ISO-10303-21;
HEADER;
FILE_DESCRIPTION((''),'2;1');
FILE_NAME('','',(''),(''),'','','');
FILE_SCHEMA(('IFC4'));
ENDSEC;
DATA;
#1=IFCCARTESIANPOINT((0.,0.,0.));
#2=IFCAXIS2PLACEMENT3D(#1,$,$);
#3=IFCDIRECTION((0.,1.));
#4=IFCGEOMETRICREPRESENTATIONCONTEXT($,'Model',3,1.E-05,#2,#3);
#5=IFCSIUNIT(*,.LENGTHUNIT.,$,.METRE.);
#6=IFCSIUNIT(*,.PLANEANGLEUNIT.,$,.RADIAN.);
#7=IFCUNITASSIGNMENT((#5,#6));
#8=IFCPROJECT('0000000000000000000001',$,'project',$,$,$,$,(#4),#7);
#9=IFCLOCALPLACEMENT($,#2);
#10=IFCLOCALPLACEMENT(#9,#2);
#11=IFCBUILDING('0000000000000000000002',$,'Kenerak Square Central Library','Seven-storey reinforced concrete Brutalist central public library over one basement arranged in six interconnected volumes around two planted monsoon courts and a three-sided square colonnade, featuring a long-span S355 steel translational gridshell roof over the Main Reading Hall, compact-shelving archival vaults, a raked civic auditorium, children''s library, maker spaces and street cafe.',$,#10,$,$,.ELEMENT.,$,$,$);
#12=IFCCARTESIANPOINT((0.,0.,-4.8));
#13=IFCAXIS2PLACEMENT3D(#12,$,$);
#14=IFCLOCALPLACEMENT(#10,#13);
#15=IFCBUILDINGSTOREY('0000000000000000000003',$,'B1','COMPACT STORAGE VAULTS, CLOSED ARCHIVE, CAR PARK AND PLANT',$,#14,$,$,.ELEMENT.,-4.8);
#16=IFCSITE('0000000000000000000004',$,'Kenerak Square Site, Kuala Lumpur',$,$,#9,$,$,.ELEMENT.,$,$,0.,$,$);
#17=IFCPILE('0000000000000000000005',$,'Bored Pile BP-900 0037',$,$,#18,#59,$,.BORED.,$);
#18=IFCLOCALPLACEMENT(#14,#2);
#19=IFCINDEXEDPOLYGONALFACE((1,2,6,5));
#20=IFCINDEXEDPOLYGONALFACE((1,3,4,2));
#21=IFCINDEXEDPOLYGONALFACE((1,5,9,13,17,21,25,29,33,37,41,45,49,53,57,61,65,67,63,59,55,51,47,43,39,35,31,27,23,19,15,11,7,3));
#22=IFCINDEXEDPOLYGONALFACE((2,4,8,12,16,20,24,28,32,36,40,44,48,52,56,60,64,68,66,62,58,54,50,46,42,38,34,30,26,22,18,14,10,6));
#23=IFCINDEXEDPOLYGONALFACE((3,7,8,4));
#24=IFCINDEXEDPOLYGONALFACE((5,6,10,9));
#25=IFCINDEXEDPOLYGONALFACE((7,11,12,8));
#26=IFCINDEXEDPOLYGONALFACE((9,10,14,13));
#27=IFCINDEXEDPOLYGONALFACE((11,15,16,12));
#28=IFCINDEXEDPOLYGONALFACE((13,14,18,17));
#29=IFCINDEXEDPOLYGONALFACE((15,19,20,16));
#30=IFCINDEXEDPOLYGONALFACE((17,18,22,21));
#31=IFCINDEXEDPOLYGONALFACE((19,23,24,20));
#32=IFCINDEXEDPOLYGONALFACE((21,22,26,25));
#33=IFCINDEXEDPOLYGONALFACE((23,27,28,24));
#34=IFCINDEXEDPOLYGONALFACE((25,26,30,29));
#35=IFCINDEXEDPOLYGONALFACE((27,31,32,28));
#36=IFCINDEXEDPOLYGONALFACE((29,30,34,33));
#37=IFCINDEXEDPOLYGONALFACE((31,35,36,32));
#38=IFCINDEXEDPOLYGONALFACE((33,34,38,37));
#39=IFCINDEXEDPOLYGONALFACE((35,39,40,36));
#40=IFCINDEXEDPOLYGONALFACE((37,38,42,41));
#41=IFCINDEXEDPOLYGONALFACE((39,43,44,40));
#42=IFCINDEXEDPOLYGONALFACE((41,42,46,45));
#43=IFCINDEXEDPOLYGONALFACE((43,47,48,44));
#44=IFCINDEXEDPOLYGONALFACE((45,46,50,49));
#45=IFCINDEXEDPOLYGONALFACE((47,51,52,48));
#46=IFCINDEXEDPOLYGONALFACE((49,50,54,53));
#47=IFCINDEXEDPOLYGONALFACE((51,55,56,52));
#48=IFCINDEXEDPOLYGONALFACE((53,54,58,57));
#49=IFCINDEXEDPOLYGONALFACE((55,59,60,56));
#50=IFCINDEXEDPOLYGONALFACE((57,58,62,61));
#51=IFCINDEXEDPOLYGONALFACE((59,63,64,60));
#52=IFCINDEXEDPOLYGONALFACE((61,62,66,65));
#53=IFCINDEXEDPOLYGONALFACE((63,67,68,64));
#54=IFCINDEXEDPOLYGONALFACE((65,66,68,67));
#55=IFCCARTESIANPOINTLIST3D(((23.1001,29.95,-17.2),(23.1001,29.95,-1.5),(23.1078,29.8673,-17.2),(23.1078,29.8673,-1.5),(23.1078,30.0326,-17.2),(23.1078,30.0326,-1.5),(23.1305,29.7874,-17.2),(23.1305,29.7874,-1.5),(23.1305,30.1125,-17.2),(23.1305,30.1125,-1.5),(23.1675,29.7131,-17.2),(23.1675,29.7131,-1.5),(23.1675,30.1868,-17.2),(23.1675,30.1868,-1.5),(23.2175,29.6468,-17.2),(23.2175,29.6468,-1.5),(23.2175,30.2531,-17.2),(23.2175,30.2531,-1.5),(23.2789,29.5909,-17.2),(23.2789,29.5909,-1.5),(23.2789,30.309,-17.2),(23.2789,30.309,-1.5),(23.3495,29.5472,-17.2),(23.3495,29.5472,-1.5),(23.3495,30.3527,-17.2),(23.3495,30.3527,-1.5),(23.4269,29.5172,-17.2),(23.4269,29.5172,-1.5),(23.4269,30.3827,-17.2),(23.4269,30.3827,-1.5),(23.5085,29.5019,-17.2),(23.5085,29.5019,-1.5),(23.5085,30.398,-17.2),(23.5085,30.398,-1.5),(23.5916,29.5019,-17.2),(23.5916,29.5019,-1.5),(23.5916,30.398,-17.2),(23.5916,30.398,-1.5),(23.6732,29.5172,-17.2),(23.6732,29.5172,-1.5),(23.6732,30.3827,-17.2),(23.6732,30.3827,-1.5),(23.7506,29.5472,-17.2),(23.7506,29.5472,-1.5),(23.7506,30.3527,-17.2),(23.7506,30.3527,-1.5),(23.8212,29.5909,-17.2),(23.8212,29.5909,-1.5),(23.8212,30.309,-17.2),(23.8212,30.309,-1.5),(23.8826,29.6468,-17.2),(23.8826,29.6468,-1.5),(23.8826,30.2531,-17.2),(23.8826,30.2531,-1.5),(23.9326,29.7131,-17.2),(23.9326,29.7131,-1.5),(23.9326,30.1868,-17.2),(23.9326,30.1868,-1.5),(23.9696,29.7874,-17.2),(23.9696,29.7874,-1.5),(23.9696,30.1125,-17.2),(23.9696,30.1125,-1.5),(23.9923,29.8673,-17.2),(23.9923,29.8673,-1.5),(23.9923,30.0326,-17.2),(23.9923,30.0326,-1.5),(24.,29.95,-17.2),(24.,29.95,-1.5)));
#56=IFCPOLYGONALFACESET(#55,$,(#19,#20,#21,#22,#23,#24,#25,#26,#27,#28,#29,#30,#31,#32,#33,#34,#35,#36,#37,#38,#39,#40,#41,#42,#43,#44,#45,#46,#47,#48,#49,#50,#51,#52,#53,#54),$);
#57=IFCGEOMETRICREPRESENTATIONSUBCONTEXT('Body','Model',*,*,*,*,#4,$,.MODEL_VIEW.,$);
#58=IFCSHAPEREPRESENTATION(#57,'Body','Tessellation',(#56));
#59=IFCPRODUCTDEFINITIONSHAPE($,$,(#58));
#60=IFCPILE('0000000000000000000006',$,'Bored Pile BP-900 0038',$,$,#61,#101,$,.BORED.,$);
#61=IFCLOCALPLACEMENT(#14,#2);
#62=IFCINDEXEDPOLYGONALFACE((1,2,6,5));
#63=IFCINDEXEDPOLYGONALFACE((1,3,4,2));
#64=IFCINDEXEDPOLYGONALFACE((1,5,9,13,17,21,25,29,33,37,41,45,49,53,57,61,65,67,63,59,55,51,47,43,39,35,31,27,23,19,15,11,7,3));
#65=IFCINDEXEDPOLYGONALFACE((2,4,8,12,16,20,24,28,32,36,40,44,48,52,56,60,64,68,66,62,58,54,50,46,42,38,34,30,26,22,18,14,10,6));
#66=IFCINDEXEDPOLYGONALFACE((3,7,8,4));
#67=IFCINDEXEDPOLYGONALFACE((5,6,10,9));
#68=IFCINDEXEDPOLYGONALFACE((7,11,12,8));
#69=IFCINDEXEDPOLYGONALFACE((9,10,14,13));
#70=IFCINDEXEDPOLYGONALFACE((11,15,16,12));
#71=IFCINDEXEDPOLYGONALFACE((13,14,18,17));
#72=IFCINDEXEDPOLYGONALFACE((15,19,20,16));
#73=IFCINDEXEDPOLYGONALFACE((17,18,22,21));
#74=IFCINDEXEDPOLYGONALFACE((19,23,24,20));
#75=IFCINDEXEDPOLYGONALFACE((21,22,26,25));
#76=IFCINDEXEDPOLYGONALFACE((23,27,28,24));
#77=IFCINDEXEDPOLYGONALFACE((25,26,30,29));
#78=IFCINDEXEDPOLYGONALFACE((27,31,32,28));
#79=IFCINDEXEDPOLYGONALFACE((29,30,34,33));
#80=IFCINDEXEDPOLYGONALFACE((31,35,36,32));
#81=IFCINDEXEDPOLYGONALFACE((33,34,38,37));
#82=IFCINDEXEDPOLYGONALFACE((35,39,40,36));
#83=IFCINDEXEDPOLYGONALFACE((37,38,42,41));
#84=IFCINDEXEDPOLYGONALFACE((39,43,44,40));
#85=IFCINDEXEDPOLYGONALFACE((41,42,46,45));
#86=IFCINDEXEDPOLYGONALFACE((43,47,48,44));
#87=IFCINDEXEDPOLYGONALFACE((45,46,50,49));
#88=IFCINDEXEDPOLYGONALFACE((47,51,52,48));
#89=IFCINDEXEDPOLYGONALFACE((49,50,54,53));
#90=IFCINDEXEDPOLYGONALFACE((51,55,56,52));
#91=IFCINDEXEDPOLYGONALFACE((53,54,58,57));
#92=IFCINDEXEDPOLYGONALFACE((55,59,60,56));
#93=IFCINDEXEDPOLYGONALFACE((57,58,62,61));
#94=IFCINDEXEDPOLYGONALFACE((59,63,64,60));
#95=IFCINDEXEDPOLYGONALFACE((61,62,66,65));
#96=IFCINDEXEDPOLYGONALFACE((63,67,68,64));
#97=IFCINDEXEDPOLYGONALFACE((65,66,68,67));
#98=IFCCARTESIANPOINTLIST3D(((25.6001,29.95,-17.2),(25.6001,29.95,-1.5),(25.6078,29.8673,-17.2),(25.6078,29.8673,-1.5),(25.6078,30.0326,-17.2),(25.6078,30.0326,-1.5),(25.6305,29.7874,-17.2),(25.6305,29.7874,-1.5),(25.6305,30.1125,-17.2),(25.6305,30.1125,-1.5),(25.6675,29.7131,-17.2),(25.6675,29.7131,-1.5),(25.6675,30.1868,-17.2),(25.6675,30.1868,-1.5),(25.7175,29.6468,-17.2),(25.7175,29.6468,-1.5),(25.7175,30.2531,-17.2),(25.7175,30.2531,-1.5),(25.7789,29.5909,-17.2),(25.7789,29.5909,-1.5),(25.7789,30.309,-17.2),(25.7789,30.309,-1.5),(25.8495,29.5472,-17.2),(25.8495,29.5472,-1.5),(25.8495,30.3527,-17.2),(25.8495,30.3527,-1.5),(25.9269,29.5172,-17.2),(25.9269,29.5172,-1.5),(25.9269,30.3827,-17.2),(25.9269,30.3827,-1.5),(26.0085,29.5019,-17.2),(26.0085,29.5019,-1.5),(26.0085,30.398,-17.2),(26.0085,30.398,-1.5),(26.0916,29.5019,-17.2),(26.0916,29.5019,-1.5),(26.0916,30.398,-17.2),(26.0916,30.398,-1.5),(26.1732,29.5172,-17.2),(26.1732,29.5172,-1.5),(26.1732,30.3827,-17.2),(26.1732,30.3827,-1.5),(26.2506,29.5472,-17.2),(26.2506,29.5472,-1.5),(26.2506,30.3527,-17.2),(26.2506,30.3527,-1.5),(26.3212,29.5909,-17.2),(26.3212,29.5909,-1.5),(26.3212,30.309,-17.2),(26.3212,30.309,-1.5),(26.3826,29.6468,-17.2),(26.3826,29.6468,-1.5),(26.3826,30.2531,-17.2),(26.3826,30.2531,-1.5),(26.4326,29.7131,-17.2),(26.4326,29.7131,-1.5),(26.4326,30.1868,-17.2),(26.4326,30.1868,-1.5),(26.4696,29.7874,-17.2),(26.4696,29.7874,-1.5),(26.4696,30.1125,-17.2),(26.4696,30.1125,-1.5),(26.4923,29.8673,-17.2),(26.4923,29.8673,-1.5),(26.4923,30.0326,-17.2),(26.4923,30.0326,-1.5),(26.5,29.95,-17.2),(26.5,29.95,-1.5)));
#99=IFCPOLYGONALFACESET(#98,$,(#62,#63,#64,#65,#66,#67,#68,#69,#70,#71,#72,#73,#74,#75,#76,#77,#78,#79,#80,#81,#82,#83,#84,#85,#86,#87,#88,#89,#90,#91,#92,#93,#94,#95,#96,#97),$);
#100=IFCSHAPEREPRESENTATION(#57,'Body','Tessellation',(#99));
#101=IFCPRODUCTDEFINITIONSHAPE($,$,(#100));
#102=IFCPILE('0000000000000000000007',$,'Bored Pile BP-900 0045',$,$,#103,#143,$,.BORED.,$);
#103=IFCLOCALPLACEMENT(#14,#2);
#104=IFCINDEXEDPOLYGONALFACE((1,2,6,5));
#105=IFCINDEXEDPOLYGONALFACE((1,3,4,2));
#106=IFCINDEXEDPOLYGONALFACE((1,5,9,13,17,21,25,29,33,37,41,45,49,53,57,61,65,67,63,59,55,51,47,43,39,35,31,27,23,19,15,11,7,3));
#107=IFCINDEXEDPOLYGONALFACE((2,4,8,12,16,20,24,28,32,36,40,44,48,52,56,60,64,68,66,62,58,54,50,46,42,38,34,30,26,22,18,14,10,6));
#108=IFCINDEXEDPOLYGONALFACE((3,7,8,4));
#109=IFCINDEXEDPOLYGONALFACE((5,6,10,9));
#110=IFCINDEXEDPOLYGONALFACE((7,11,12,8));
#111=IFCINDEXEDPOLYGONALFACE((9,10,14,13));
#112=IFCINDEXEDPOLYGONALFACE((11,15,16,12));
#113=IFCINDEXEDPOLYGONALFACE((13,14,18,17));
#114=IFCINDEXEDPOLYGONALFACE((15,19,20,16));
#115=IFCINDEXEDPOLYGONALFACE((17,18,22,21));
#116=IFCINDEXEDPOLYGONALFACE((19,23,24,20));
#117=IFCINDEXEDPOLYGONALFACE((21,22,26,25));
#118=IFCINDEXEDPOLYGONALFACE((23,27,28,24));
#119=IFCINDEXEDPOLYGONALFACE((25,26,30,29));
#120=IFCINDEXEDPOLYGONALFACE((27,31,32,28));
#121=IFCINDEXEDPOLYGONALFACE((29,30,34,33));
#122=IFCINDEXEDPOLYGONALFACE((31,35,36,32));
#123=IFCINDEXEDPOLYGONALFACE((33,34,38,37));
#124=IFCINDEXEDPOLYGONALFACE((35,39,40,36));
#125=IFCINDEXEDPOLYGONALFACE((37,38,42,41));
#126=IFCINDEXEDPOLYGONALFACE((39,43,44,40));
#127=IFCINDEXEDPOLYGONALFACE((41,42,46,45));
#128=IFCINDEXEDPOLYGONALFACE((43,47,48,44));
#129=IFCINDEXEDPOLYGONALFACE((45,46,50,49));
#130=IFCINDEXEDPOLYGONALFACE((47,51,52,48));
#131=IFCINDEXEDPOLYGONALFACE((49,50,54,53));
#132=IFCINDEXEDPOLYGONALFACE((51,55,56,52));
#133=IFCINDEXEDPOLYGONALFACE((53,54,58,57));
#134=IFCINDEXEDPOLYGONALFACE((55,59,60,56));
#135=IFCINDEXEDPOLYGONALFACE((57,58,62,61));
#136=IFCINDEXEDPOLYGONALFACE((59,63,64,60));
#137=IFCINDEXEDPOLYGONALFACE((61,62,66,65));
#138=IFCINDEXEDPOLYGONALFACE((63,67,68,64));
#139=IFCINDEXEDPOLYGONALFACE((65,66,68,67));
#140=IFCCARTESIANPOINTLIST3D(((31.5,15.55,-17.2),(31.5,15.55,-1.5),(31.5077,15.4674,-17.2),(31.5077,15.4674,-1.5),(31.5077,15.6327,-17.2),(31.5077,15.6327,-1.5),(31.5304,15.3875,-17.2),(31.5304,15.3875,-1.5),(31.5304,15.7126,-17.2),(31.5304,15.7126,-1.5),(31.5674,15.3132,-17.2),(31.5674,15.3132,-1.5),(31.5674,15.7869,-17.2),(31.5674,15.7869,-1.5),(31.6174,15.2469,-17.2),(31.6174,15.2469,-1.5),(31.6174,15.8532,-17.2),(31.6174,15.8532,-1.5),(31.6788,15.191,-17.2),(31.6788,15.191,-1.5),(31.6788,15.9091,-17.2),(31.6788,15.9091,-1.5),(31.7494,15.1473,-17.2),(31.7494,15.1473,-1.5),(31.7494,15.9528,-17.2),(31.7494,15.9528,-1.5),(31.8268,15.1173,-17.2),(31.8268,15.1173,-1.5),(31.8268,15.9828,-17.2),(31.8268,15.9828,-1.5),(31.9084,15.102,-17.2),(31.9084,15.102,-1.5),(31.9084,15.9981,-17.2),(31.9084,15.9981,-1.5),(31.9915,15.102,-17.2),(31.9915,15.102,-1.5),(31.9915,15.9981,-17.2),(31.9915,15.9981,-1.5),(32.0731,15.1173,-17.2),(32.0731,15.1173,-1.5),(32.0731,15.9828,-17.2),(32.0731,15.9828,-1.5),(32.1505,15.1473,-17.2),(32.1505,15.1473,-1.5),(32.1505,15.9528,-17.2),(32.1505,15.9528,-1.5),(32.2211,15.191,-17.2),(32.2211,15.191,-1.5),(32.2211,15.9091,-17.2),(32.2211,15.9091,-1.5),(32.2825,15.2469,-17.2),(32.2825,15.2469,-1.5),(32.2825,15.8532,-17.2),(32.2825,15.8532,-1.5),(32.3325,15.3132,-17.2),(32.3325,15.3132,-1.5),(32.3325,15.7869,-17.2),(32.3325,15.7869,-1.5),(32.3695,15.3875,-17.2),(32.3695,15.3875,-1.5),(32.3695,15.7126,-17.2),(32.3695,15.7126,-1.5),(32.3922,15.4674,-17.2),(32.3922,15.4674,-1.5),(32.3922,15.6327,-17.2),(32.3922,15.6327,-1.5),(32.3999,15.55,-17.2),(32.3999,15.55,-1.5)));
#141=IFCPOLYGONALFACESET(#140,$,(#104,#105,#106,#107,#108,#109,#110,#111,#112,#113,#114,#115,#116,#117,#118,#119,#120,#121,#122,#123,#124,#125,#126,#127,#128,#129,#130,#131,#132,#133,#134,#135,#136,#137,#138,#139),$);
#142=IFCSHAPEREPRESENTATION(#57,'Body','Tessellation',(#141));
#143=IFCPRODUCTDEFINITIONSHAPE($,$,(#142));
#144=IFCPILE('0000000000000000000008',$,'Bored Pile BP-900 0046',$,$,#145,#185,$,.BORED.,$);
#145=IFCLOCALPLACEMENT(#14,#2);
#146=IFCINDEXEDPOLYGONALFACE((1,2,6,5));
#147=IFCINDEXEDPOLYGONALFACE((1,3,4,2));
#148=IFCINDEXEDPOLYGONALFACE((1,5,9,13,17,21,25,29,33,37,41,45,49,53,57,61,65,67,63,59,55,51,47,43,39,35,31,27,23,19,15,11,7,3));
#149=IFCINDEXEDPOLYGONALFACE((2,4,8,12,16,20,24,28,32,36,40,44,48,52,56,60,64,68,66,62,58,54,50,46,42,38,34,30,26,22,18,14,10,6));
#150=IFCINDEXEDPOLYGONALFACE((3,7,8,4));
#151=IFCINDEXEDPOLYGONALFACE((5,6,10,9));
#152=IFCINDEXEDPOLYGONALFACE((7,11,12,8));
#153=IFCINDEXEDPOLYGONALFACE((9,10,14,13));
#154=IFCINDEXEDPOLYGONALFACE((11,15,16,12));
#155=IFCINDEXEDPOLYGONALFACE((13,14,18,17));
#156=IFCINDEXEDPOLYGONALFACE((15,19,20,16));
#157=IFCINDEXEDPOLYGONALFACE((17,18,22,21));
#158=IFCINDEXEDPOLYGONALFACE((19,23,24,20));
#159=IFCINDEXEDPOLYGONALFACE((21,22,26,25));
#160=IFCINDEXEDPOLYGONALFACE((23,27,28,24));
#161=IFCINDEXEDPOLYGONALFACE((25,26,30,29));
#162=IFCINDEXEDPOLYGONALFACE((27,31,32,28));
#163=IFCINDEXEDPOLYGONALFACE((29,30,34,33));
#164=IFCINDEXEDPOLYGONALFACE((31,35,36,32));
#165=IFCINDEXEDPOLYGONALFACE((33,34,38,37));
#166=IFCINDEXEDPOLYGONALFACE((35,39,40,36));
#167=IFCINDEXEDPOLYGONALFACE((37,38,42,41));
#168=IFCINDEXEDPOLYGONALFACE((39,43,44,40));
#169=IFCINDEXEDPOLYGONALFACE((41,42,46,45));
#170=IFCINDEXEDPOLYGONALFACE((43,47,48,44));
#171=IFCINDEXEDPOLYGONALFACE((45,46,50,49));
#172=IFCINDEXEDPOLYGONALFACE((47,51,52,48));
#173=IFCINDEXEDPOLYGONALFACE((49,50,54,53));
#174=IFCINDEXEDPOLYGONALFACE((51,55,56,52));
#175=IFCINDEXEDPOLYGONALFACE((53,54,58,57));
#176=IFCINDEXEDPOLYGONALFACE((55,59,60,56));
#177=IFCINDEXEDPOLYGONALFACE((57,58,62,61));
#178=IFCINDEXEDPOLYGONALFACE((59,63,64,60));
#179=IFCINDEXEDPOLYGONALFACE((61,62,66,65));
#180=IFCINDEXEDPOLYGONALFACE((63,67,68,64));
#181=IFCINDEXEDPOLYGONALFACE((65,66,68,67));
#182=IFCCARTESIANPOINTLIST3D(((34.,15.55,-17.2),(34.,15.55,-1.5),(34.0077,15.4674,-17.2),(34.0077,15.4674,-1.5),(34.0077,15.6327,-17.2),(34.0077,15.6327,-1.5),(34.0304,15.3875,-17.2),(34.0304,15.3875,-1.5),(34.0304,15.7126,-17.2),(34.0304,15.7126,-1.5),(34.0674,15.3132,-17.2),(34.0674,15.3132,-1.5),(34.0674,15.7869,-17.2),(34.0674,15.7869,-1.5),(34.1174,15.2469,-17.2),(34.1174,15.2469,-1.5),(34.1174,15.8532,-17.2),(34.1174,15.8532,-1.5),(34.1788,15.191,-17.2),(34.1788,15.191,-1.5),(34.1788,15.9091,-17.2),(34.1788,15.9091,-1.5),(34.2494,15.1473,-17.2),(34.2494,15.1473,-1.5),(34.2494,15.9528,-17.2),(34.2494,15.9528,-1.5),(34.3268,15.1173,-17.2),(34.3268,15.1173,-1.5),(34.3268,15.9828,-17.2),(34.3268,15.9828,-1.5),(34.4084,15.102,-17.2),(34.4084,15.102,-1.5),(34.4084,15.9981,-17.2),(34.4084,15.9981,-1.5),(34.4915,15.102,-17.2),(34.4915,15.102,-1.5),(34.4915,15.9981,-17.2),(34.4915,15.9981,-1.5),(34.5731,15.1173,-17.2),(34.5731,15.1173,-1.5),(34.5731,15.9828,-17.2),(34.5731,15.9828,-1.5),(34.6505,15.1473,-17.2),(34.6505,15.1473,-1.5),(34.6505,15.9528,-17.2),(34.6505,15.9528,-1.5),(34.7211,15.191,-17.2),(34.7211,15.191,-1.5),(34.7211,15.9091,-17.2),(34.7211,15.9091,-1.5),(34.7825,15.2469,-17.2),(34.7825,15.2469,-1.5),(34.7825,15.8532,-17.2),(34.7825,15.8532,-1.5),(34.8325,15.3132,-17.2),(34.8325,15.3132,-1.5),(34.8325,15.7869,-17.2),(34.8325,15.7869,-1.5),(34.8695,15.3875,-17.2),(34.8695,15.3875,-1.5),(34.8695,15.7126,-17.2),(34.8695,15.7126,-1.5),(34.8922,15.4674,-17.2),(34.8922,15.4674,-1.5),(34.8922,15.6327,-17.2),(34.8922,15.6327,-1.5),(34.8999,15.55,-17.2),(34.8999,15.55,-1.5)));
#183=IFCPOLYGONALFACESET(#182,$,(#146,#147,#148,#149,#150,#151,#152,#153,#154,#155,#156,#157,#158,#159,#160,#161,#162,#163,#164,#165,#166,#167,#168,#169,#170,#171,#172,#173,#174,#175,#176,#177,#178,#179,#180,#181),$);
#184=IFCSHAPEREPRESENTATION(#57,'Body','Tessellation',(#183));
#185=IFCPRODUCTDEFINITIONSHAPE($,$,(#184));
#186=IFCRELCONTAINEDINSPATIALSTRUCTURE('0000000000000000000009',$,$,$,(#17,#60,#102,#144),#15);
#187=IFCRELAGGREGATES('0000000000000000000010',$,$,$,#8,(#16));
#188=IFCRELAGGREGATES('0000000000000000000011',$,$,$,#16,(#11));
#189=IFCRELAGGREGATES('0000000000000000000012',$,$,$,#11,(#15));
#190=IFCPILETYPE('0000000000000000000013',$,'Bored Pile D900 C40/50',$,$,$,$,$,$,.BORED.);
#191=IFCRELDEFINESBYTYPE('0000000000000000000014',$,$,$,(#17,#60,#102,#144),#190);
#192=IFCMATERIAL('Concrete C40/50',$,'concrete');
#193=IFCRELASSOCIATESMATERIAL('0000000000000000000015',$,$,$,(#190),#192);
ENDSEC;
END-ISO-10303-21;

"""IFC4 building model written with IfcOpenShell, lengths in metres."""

from ifc_helpers import new_model, si_unit, direction, frame, origin, origin_2d, place, context, subcontext, project, spatial, circle, extrude, material, material_profile, profile_set, type_object, element, save


model = new_model("IFC4")

# Units and contexts
model_context = context("Model", 3, precision=1e-05, world=origin(), true_north=direction((0.0, 1.0)))
body_context = subcontext(model_context, "Body", "Model", "MODEL_VIEW")
ifc_project = project(units=[si_unit("LENGTHUNIT", "METRE"), si_unit("PLANEANGLEUNIT", "RADIAN")], contexts=[model_context])

# Site, building, storey
site_placement = place(None, origin())
site = spatial("IfcSite", under=ifc_project, at=site_placement, Name="Kenerak Square Site, Kuala Lumpur", CompositionType="ELEMENT", RefElevation=0.0)
building_placement = place(site_placement, origin())
building = spatial("IfcBuilding", under=site, at=building_placement, Name="Kenerak Square Central Library", Description="Seven-storey reinforced concrete Brutalist central public library over one basement arranged in six interconnected volumes around two planted monsoon courts and a three-sided square colonnade, featuring a long-span S355 steel translational gridshell roof over the Main Reading Hall, compact-shelving archival vaults, a raked civic auditorium, children's library, maker spaces and street cafe.", CompositionType="ELEMENT")
storey_placement = place(building_placement, frame((0.0, 0.0, -4.8)))
storey = spatial("IfcBuildingStorey", under=building, at=storey_placement, Name="B1", Description="COMPACT STORAGE VAULTS, CLOSED ARCHIVE, CAR PARK AND PLANT", CompositionType="ELEMENT", Elevation=-4.8)

# Piles
ifc_material_1 = material(Name="Concrete C40/50", Category="concrete")
ifc_material_profile_1 = material_profile(ifc_material_1, circle(Radius=0.45, at=origin_2d()), Name="BP D900")
ifc_profile_set_1 = profile_set([ifc_material_profile_1], Name="Concrete C40/50")
pile_type = type_object("IfcPileType", Name="Bored Pile D900 C40/50", PredefinedType="BORED", material=ifc_profile_set_1)
for number, where, z_axis, x_axis, name in (
    (1, (23.55, 29.95, -1.5), (0.0, 0.0, -1.0), (1.0, 0.0, 0.0), "Bored Pile BP-900 0037"),
    (2, (26.05, 29.95, -1.5), (0.0, 0.0, -1.0), (1.0, 0.0, 0.0), "Bored Pile BP-900 0038"),
    (3, (31.95, 15.55, -1.5), (0.0, 0.0, -1.0), (1.0, 0.0, 0.0), "Bored Pile BP-900 0045"),
    (4, (34.45, 15.55, -1.5), (0.0, 0.0, -1.0), (1.0, 0.0, 0.0), "Bored Pile BP-900 0046"),
):
    element("IfcPile", number, at=place(storey_placement, frame(where, z_axis=z_axis, x_axis=x_axis)), inside=storey, type_object=pile_type, Name=name, PredefinedType="BORED", context=body_context, shape_type="SweptSolid", body=[
        extrude(circle(Radius=0.45, at=origin_2d()), origin(), (0.0, 0.0, 1.0), 15.7),
    ])

save(model, "model.ifc")
